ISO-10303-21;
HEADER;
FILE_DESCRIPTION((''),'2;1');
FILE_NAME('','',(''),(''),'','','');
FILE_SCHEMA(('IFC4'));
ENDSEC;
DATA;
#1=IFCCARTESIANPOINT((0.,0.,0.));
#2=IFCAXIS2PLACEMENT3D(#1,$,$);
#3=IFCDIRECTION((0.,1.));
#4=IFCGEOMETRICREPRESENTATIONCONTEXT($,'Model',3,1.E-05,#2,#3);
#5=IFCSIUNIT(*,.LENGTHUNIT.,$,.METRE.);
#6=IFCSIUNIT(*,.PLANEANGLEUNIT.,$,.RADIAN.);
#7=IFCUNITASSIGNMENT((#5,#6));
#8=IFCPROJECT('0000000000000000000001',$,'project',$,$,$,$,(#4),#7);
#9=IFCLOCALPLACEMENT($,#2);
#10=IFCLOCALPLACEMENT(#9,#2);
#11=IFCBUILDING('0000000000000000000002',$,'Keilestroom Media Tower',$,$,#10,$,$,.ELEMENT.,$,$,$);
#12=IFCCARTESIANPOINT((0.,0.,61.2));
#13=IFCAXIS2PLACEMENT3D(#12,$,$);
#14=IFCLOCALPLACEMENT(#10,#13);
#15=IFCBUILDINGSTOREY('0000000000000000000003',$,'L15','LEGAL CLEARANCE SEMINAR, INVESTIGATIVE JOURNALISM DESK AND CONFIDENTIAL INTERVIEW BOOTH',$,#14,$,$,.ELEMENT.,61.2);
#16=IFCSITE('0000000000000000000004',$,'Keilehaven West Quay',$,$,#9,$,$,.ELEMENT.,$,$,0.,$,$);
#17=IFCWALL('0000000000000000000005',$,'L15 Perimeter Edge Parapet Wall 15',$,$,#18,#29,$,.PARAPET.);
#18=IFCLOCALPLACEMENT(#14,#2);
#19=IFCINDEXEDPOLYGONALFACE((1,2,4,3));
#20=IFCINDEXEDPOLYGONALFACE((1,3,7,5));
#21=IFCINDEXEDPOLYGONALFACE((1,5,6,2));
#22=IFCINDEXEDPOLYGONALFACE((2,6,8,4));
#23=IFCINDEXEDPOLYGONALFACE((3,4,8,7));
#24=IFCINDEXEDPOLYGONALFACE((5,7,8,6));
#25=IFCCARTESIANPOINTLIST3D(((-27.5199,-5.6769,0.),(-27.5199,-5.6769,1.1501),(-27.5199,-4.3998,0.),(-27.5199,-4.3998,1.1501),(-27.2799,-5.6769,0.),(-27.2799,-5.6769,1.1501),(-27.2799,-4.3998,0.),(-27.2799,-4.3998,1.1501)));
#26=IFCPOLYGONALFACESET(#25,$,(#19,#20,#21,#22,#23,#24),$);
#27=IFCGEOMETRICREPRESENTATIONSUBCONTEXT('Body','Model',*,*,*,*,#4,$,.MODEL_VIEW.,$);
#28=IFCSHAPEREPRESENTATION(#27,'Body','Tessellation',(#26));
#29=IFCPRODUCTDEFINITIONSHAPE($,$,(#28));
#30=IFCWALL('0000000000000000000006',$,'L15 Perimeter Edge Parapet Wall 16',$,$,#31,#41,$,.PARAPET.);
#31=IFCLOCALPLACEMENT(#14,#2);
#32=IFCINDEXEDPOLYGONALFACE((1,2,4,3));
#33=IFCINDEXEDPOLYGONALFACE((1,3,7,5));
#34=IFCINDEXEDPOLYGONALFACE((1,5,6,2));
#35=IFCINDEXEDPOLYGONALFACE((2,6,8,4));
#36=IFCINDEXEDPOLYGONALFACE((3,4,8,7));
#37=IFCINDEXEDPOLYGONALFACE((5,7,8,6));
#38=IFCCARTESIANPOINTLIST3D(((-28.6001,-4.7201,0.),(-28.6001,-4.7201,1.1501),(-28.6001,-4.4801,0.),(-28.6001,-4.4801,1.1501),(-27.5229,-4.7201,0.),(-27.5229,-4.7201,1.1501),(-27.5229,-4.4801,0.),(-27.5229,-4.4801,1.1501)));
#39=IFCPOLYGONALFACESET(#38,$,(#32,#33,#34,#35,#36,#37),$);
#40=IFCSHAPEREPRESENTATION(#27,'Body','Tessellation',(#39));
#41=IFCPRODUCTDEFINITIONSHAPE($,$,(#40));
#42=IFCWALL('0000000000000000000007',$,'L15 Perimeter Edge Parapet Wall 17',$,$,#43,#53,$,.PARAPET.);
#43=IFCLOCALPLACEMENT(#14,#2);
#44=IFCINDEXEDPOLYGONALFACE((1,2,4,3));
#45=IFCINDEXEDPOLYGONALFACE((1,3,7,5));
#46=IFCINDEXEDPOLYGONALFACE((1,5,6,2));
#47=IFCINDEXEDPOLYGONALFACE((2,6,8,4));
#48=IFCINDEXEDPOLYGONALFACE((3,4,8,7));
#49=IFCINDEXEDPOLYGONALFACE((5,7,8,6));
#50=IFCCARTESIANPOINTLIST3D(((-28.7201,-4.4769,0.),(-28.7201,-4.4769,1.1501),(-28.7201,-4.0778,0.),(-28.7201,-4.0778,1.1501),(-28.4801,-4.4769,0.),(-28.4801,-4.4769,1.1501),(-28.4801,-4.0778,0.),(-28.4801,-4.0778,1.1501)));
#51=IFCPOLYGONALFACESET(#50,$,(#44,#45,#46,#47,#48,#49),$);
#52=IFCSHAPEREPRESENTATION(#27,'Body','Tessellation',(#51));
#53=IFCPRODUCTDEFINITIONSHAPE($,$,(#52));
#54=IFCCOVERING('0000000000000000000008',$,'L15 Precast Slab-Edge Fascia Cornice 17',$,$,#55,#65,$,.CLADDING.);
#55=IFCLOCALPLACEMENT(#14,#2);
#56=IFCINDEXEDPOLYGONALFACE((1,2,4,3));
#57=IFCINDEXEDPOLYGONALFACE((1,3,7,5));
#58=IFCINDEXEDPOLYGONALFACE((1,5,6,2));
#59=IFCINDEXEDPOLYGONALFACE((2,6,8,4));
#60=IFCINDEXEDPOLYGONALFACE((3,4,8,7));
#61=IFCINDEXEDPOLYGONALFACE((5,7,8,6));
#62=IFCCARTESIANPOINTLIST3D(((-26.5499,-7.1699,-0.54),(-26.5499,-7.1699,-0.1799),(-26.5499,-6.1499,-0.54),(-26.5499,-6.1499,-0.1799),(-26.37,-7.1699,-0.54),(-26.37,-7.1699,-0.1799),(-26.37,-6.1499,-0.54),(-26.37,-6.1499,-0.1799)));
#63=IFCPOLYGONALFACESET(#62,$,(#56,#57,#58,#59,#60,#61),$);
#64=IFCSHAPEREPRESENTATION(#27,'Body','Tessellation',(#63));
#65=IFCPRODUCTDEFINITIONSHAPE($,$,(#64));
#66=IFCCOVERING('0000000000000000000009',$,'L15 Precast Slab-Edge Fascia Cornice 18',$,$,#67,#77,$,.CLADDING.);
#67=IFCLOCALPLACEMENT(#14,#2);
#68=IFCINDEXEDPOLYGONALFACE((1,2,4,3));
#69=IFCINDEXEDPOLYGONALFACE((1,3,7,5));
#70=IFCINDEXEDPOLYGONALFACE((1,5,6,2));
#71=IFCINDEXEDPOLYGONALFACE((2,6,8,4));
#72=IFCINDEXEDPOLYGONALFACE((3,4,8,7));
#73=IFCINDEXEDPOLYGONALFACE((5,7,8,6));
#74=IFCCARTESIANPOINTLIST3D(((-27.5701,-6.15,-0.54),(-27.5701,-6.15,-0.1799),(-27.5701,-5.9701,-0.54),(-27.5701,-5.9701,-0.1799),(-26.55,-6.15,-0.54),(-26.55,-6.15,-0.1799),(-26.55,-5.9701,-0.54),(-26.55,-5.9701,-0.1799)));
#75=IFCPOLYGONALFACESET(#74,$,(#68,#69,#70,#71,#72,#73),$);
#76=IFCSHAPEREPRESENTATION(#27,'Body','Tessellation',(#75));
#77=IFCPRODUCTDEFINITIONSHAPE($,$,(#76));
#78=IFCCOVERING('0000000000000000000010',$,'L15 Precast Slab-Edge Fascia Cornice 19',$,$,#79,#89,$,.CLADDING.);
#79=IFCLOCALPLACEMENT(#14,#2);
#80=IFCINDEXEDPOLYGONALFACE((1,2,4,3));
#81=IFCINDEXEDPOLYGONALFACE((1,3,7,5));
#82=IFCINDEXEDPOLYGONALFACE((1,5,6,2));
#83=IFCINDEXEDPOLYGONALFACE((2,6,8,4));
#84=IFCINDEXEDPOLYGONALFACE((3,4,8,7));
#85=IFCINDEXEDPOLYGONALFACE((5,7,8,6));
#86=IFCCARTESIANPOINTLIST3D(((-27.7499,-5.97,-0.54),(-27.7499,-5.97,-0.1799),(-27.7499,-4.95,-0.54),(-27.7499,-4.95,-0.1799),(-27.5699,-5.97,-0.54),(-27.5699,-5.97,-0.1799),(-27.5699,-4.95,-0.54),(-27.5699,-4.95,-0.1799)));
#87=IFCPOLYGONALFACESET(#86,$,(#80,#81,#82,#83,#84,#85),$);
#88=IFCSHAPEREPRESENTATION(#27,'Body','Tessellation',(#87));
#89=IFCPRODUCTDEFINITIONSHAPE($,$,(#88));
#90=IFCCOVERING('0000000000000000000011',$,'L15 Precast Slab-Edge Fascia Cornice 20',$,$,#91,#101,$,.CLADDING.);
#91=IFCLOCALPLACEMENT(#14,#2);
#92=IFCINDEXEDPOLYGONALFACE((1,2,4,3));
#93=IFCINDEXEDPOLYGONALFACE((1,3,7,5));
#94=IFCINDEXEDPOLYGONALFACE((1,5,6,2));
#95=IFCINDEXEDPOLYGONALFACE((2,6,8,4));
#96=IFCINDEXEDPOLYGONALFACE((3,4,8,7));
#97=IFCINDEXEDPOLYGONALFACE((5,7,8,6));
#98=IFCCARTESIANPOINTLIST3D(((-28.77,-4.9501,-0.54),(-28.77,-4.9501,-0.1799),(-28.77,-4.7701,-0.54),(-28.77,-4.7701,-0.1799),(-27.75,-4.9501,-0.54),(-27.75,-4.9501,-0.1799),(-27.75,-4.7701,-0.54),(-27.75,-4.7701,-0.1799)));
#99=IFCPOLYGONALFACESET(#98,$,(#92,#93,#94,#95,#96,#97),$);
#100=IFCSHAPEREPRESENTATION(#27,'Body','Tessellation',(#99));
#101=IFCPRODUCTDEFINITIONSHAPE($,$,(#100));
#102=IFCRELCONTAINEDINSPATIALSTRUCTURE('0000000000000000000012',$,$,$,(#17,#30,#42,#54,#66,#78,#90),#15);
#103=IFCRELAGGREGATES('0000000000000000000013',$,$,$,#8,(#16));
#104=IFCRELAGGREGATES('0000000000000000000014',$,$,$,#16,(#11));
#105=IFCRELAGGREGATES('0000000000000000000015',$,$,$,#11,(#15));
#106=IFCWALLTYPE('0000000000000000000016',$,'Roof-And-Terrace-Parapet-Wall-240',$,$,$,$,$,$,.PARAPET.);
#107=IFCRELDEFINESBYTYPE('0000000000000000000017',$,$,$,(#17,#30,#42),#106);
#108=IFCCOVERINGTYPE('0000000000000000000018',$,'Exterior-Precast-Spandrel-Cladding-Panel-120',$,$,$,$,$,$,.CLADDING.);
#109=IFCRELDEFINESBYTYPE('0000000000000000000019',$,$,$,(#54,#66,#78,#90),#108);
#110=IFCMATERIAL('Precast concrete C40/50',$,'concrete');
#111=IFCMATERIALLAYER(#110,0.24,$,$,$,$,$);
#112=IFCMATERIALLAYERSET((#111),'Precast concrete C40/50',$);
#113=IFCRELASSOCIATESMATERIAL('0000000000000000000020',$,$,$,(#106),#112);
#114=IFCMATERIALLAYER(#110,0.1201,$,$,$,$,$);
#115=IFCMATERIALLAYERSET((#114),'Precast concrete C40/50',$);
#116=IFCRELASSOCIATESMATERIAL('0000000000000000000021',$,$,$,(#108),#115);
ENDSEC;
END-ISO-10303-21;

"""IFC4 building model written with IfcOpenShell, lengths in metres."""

from ifc_helpers import new_model, si_unit, direction, frame, frame_2d, origin, origin_2d, place, context, subcontext, project, spatial, rectangle, extrude, source, transform, mapped, material, layer, layer_set, type_object, element, save


model = new_model("IFC4")

# Units and contexts
model_context = context("Model", 3, precision=1e-05, world=origin(), true_north=direction((0.0, 1.0)))
body_context = subcontext(model_context, "Body", "Model", "MODEL_VIEW")
ifc_project = project(units=[si_unit("LENGTHUNIT", "METRE"), si_unit("PLANEANGLEUNIT", "RADIAN")], contexts=[model_context])

# Site, building, storey
site_placement = place(None, origin())
site = spatial("IfcSite", under=ifc_project, at=site_placement, Name="Keilehaven West Quay", CompositionType="ELEMENT", RefElevation=0.0)
building_placement = place(site_placement, origin())
building = spatial("IfcBuilding", under=site, at=building_placement, Name="Keilestroom Media Tower", CompositionType="ELEMENT")
storey_placement = place(building_placement, frame((0.0, 0.0, 61.2)))
storey = spatial("IfcBuildingStorey", under=building, at=storey_placement, Name="L15", Description="LEGAL CLEARANCE SEMINAR, INVESTIGATIVE JOURNALISM DESK AND CONFIDENTIAL INTERVIEW BOOTH", CompositionType="ELEMENT", Elevation=61.2)

# Shared definitions
ifc_material_1 = material(Name="Precast concrete C40/50", Category="concrete")

# Walls
ifc_layer_1 = layer(ifc_material_1, 0.24)
ifc_layer_set_1 = layer_set([ifc_layer_1], Name="Precast concrete C40/50")
wall_type = type_object("IfcWallType", Name="Roof-And-Terrace-Parapet-Wall-240", PredefinedType="PARAPET", material=ifc_layer_set_1)
wall_1_placement = place(storey_placement, frame((-27.3999, -5.677, 0.0), z_axis=(0.0, 0.0, 1.0), x_axis=(0.0, 1.0, 0.0)))
element("IfcWall", 1, at=wall_1_placement, inside=storey, type_object=wall_type, Name="L15 Perimeter Edge Parapet Wall 15", PredefinedType="PARAPET", context=body_context, shape_type="SweptSolid", body=[
    extrude(rectangle(XDim=1.2771, YDim=0.24, at=frame_2d((0.6387, 0.0))), origin(), (0.0, 0.0, 1.0), 1.1501),
])
wall_2_placement = place(storey_placement, frame((-27.5229, -4.6001, 0.0), z_axis=(0.0, 0.0, 1.0), x_axis=(-1.0, 0.0, 0.0)))
element("IfcWall", 2, at=wall_2_placement, inside=storey, type_object=wall_type, Name="L15 Perimeter Edge Parapet Wall 16", PredefinedType="PARAPET", context=body_context, shape_type="SweptSolid", body=[
    extrude(rectangle(XDim=1.0771, YDim=0.24, at=frame_2d((0.5386, 0.0))), origin(), (0.0, 0.0, 1.0), 1.1501),
])
wall_3_placement = place(storey_placement, frame((-28.6001, -4.4771, 0.0), z_axis=(0.0, 0.0, 1.0), x_axis=(0.0, 1.0, 0.0)))
element("IfcWall", 3, at=wall_3_placement, inside=storey, type_object=wall_type, Name="L15 Perimeter Edge Parapet Wall 17", PredefinedType="PARAPET", context=body_context, shape_type="SweptSolid", body=[
    extrude(rectangle(XDim=0.3992, YDim=0.24, at=frame_2d((0.1997, 0.0))), origin(), (0.0, 0.0, 1.0), 1.1501),
])

# Coverings
ifc_layer_2 = layer(ifc_material_1, 0.1201)
ifc_layer_set_2 = layer_set([ifc_layer_2], Name="Precast concrete C40/50")
covering_type = type_object("IfcCoveringType", Name="Exterior-Precast-Spandrel-Cladding-Panel-120", PredefinedType="CLADDING", material=ifc_layer_set_2)
shared_shape_1 = source(origin(), body_context, "Body", "SweptSolid", [
    extrude(rectangle(XDim=1.02, YDim=0.1799, at=origin_2d()), origin(), (0.0, 0.0, 1.0), 0.3601),
])
for number, where, z_axis, x_axis, name in (
    (4, (-26.46, -6.6599, -0.54), (0.0, 0.0, 1.0), (0.0, 1.0, 0.0), "L15 Precast Slab-Edge Fascia Cornice 17"),
    (5, (-27.0601, -6.0601, -0.54), (0.0, 0.0, 1.0), (-1.0, 0.0, 0.0), "L15 Precast Slab-Edge Fascia Cornice 18"),
    (6, (-27.6599, -5.46, -0.54), (0.0, 0.0, 1.0), (0.0, 1.0, 0.0), "L15 Precast Slab-Edge Fascia Cornice 19"),
    (7, (-28.26, -4.8601, -0.54), (0.0, 0.0, 1.0), (-1.0, 0.0, 0.0), "L15 Precast Slab-Edge Fascia Cornice 20"),
):
    element("IfcCovering", number, at=place(storey_placement, frame(where, z_axis=z_axis, x_axis=x_axis)), inside=storey, type_object=covering_type, Name=name, PredefinedType="CLADDING", context=body_context, shape_type="MappedRepresentation", body=[
        mapped(shared_shape_1, transform((0.0, 0.0, 0.0), x_axis=(1.0, 0.0, 0.0), y_axis=(0.0, 1.0, 0.0), z_axis=(0.0, 0.0, 1.0), scale=1.0)),
    ])

save(model, "model.ifc")
